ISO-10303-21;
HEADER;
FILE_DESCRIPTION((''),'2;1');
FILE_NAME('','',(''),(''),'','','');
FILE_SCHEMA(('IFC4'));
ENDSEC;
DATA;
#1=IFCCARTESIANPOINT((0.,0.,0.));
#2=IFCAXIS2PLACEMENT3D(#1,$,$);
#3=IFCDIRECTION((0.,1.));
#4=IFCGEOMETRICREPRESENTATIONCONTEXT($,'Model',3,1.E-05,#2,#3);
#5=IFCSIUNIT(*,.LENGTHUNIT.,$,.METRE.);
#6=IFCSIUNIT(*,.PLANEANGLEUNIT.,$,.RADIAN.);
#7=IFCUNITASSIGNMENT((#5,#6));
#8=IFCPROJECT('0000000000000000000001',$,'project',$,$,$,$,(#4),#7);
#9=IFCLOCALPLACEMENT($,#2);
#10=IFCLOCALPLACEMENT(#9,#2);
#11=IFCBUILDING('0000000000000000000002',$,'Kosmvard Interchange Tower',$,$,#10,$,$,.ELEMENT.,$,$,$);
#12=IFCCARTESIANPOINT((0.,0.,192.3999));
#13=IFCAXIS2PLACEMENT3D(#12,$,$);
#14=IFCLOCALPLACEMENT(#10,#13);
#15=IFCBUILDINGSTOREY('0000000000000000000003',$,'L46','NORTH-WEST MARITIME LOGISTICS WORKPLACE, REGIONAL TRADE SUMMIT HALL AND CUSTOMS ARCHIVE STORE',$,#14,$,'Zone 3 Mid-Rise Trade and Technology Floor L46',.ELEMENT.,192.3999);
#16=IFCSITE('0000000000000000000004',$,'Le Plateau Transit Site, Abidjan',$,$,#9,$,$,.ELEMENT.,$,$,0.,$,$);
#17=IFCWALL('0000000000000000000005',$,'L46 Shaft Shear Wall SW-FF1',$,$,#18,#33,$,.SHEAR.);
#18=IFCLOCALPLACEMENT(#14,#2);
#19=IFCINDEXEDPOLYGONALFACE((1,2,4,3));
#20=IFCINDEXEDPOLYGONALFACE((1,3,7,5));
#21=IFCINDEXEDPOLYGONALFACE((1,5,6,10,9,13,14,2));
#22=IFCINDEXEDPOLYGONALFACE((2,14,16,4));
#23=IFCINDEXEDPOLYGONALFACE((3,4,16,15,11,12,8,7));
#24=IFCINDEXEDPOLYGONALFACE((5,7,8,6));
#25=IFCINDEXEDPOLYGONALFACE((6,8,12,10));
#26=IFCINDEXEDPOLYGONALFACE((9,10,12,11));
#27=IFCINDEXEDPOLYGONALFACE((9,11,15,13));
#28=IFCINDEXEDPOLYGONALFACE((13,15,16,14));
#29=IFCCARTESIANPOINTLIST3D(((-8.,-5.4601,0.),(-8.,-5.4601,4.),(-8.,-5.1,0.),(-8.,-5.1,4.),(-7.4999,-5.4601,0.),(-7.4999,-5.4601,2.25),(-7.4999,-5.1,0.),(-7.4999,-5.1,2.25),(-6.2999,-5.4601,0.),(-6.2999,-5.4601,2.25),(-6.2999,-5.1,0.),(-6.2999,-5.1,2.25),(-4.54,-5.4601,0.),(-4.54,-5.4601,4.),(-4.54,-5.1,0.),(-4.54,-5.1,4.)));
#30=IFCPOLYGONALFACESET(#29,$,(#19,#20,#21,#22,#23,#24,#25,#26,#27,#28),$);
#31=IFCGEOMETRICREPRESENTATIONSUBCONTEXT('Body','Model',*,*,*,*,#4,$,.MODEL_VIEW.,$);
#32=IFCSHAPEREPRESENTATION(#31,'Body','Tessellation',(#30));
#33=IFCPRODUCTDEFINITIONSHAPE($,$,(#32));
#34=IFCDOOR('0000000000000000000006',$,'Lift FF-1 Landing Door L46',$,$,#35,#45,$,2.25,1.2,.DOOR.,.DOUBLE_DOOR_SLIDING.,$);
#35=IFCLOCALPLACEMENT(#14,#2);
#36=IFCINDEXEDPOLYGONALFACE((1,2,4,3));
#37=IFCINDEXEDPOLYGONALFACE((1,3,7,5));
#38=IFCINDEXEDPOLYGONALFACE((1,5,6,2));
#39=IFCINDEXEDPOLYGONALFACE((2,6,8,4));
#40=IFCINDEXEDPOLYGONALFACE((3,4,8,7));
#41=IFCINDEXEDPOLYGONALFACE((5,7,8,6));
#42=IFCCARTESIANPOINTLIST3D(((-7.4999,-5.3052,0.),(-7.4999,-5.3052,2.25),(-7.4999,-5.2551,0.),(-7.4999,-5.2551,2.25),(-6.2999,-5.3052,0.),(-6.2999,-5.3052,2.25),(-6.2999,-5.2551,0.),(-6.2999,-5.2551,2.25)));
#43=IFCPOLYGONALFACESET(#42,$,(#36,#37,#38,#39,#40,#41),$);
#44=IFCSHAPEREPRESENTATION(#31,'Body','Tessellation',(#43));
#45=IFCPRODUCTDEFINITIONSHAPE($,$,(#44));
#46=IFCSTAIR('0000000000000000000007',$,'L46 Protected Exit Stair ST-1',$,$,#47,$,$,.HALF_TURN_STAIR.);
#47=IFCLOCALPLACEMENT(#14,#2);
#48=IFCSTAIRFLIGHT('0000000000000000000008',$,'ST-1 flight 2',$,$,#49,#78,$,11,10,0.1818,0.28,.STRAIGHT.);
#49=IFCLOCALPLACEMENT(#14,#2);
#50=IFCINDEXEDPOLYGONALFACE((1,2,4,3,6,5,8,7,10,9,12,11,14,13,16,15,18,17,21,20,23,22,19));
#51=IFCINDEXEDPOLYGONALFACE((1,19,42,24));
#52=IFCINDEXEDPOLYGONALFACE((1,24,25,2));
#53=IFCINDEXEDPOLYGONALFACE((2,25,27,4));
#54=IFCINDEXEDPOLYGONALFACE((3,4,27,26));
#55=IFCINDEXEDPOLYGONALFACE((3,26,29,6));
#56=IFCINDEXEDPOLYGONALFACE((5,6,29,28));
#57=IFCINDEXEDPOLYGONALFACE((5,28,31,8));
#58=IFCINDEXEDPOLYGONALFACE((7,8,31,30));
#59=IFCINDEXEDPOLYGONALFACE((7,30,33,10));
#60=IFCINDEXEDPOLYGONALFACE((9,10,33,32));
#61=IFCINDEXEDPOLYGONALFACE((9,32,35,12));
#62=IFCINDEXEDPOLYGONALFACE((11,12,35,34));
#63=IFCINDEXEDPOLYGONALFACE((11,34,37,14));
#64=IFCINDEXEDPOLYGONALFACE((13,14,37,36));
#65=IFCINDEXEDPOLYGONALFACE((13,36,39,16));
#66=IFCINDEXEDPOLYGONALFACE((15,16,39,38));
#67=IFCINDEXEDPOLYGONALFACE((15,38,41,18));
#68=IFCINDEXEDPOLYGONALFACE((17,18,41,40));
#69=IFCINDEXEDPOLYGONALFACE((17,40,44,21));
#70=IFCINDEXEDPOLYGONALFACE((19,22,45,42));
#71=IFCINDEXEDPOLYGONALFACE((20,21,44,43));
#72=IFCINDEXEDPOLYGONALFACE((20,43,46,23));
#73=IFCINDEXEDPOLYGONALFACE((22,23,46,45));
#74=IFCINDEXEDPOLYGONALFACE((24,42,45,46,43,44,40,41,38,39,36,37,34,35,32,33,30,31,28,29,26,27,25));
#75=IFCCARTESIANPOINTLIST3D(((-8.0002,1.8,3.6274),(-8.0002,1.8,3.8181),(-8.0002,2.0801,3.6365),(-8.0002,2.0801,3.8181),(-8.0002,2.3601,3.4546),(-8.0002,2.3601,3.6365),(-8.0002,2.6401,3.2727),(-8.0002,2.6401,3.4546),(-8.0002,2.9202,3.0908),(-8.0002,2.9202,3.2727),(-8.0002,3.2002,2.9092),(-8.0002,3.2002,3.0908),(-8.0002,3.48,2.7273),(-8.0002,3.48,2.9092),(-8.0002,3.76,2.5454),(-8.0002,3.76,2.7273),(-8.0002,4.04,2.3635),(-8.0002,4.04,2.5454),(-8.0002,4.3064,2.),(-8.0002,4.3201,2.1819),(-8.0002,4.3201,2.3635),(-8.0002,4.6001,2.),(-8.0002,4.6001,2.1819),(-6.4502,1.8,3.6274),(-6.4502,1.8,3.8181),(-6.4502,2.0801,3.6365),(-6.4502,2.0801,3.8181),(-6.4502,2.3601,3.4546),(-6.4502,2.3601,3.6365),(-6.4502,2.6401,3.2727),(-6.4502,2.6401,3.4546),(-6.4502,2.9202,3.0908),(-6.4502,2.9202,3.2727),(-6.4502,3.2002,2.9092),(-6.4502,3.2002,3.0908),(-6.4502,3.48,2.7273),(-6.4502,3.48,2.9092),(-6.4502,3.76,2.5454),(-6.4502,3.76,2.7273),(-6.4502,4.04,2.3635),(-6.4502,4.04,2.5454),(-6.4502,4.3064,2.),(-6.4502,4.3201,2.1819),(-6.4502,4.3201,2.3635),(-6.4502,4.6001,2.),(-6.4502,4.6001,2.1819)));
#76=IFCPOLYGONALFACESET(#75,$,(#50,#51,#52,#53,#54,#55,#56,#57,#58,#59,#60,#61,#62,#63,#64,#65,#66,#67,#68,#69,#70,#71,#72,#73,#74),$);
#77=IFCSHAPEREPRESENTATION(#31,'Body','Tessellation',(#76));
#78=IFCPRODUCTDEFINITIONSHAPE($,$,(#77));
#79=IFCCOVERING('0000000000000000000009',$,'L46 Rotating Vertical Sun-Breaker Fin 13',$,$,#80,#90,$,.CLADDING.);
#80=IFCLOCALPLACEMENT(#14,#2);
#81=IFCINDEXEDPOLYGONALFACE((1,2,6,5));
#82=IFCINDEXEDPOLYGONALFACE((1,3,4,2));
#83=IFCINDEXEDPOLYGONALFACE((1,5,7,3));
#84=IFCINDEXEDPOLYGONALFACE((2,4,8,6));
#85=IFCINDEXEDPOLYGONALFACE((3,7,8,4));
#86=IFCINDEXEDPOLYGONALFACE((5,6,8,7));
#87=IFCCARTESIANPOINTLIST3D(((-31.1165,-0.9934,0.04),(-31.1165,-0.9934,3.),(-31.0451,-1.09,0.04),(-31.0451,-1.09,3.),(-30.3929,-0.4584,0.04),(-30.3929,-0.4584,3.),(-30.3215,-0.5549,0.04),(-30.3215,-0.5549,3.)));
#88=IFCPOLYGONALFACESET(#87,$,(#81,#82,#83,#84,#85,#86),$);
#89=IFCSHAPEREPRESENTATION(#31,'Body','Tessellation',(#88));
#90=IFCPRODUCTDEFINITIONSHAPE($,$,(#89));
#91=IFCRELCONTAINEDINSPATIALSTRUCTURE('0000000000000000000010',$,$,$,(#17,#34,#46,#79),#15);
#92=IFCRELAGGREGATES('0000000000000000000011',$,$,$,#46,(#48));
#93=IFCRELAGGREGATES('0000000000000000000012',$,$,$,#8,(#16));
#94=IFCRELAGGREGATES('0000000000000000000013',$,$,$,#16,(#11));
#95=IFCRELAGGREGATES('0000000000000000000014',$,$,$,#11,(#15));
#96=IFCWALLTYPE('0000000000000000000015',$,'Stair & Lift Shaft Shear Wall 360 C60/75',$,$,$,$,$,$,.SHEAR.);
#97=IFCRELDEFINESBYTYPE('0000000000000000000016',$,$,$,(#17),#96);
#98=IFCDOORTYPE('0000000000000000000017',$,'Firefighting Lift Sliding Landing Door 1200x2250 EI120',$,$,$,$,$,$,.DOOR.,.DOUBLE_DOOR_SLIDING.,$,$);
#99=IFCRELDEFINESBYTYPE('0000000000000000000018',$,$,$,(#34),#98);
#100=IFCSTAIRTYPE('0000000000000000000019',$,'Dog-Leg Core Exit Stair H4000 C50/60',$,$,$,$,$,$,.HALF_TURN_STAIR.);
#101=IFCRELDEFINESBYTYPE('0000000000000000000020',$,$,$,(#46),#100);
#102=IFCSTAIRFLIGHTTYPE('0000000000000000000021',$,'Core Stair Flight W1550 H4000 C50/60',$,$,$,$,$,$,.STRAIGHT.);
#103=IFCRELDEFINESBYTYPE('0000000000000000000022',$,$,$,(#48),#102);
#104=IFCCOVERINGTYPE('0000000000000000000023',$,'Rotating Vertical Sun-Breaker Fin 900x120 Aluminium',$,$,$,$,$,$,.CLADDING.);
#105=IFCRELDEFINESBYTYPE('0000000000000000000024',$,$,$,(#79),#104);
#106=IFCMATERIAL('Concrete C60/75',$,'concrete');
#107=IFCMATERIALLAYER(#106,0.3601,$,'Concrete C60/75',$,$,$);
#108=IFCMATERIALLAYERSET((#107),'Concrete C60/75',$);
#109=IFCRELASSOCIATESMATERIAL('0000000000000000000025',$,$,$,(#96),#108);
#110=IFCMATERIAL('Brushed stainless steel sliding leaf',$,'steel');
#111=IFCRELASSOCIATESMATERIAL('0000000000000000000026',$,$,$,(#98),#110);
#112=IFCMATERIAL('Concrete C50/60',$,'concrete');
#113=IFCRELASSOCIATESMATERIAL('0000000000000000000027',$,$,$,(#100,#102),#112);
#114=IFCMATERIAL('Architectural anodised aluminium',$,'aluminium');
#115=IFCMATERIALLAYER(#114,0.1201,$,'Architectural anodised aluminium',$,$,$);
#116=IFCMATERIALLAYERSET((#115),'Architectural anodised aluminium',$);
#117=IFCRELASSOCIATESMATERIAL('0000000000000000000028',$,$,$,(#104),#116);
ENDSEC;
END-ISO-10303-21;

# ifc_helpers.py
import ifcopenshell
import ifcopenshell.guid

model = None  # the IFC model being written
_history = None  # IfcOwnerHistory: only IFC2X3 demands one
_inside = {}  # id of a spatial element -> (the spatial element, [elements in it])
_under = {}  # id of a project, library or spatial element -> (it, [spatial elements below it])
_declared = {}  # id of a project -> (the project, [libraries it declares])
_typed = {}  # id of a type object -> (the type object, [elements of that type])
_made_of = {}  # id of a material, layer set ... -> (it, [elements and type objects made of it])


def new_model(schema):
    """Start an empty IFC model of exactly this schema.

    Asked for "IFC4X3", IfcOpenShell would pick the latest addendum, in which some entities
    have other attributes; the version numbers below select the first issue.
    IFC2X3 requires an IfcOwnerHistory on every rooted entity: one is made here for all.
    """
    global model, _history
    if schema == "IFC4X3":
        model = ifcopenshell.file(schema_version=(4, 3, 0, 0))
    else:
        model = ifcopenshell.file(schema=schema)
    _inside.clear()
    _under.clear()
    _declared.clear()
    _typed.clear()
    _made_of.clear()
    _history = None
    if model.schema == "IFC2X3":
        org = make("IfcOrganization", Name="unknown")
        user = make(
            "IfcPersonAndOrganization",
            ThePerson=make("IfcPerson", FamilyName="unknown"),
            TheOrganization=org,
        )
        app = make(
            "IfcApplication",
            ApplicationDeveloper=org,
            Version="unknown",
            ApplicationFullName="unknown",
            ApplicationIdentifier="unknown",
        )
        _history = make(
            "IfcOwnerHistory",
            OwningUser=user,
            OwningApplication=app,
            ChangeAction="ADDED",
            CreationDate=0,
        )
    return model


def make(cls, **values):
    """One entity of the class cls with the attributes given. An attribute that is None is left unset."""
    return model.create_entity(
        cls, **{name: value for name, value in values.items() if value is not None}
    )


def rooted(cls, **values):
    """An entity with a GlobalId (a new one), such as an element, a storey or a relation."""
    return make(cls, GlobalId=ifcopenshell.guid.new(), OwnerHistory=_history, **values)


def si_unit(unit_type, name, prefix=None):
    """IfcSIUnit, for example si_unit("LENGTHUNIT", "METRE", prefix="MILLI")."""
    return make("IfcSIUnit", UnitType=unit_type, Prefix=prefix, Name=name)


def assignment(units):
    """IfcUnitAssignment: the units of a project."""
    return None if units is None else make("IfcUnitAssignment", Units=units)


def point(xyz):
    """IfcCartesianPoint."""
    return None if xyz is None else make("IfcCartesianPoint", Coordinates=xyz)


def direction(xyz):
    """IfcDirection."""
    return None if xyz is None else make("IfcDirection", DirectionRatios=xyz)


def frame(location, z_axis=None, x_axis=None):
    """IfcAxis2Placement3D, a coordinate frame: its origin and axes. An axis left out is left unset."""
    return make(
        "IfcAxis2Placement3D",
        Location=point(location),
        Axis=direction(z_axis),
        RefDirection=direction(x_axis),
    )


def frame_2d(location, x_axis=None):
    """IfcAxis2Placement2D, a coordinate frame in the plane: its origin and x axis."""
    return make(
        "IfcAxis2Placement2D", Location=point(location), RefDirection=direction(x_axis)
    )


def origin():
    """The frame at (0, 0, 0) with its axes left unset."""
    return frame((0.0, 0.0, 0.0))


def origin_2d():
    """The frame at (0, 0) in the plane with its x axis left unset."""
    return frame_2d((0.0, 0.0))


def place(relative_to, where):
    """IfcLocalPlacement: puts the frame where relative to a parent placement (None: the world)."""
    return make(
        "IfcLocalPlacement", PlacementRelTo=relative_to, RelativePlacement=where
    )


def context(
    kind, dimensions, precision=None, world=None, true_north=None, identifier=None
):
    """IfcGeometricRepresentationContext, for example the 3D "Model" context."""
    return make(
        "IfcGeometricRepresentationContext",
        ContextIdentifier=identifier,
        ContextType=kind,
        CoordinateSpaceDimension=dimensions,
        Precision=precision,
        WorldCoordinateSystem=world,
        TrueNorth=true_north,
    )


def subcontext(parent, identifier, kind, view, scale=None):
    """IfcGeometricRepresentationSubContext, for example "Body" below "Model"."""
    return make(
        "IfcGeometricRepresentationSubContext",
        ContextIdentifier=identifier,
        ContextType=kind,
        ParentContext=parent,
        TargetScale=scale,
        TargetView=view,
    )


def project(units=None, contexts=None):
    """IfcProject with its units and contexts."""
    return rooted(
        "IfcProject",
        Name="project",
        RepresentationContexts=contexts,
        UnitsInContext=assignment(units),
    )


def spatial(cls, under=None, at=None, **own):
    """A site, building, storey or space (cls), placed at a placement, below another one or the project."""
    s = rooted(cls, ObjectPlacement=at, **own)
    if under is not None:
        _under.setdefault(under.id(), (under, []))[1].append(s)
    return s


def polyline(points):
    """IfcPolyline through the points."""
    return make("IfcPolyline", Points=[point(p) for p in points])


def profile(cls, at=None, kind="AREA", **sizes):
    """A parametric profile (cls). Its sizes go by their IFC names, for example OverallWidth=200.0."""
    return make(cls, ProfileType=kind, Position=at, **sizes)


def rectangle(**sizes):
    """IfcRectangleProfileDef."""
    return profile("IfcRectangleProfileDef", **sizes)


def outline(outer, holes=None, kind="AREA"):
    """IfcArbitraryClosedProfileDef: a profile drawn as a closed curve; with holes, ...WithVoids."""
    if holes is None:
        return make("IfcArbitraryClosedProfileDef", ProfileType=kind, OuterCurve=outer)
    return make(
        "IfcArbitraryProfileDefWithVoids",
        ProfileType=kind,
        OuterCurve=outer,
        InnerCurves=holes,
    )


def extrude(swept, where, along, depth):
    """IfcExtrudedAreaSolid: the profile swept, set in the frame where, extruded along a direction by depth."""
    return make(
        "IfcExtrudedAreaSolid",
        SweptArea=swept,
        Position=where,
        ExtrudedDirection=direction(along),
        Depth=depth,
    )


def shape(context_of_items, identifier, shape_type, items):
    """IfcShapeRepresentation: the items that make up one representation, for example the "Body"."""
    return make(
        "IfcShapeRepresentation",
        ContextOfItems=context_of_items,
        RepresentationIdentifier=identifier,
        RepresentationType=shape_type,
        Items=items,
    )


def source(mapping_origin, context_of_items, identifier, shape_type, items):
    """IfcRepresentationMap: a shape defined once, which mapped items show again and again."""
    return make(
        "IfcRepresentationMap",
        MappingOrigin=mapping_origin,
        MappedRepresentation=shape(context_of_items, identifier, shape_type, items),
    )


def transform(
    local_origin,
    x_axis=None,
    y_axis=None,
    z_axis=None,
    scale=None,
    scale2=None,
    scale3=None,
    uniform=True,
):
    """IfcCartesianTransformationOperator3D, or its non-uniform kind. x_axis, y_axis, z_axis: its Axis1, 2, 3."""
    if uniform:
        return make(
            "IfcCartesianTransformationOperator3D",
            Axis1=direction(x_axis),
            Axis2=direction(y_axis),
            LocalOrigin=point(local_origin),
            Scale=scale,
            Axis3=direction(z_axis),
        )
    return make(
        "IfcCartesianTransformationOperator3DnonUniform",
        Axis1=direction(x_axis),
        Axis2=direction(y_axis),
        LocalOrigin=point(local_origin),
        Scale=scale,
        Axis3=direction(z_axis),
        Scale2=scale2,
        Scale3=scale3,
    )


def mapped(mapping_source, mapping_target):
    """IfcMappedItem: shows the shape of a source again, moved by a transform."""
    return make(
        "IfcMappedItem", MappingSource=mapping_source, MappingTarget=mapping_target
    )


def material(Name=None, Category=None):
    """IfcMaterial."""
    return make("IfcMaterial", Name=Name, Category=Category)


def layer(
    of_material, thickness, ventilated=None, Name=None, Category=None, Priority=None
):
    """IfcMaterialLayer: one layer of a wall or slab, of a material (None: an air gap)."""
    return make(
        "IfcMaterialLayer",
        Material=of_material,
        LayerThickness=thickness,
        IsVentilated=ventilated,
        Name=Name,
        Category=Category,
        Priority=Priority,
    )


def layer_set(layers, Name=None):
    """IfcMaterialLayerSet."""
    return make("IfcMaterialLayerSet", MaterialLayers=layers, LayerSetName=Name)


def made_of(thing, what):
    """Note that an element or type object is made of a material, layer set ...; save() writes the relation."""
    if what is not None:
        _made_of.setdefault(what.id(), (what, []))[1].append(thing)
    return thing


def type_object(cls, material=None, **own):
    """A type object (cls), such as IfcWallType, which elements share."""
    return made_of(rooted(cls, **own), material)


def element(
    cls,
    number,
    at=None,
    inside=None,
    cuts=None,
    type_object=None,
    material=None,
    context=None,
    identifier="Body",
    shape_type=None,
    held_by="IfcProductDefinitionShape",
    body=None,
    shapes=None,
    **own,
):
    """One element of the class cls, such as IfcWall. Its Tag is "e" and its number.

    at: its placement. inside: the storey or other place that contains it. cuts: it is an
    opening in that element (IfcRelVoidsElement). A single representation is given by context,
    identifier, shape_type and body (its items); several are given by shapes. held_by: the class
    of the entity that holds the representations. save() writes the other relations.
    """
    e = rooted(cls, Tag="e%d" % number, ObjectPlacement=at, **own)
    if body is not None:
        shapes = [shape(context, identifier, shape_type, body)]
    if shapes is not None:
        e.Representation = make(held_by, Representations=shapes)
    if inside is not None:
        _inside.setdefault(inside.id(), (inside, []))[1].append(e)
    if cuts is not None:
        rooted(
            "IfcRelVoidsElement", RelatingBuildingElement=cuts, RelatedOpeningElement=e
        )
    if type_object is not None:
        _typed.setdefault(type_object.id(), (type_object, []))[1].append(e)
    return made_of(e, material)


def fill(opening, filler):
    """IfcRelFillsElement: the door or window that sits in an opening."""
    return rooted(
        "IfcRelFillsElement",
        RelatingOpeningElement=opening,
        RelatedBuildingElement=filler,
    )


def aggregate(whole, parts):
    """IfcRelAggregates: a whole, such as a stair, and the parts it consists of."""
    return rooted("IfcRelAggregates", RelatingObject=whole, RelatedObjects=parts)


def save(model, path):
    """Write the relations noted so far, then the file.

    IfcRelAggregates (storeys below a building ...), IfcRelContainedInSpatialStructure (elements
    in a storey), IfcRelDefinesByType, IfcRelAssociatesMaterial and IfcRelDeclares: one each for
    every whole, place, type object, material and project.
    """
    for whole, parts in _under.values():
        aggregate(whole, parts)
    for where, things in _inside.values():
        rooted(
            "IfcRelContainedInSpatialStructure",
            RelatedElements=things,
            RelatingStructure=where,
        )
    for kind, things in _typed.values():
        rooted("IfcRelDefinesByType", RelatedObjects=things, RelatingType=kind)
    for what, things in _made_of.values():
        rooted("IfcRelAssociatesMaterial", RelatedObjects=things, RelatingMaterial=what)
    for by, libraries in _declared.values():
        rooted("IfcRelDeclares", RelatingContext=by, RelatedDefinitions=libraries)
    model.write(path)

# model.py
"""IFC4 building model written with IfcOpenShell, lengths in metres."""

from ifc_helpers import new_model, si_unit, direction, frame, frame_2d, origin, origin_2d, place, context, subcontext, project, spatial, polyline, rectangle, outline, extrude, source, transform, mapped, material, layer, layer_set, type_object, element, fill, aggregate, save


model = new_model("IFC4")

# Units and contexts
model_context = context("Model", 3, precision=1e-05, world=origin(), true_north=direction((0.0, 1.0)))
body_context = subcontext(model_context, "Body", "Model", "MODEL_VIEW")
ifc_project = project(units=[si_unit("LENGTHUNIT", "METRE"), si_unit("PLANEANGLEUNIT", "RADIAN")], contexts=[model_context])

# Site, building, storey
site_placement = place(None, origin())
site = spatial("IfcSite", under=ifc_project, at=site_placement, Name="Le Plateau Transit Site, Abidjan", CompositionType="ELEMENT", RefElevation=0.0)
building_placement = place(site_placement, origin())
building = spatial("IfcBuilding", under=site, at=building_placement, Name="Kosmvard Interchange Tower", CompositionType="ELEMENT")
storey_placement = place(building_placement, frame((0.0, 0.0, 192.3999)))
storey = spatial("IfcBuildingStorey", under=building, at=storey_placement, Name="L46", Description="NORTH-WEST MARITIME LOGISTICS WORKPLACE, REGIONAL TRADE SUMMIT HALL AND CUSTOMS ARCHIVE STORE", LongName="Zone 3 Mid-Rise Trade and Technology Floor L46", CompositionType="ELEMENT", Elevation=192.3999)

# Shared definitions
ifc_material_1 = material(Name="Concrete C50/60", Category="concrete")

# Wall, opening, door
ifc_material_2 = material(Name="Concrete C60/75", Category="concrete")
ifc_layer_1 = layer(ifc_material_2, 0.3601, Name="Concrete C60/75")
ifc_layer_set_1 = layer_set([ifc_layer_1], Name="Concrete C60/75")
wall_type_1 = type_object("IfcWallType", Name="Stair & Lift Shaft Shear Wall 360 C60/75", PredefinedType="SHEAR", material=ifc_layer_set_1)
wall_1_placement = place(storey_placement, frame((-8.0, -5.28, 0.0), z_axis=(0.0, 0.0, 1.0), x_axis=(1.0, 0.0, 0.0)))
wall_1 = element("IfcWall", 1, at=wall_1_placement, inside=storey, type_object=wall_type_1, Name="L46 Shaft Shear Wall SW-FF1", PredefinedType="SHEAR", context=body_context, shape_type="SweptSolid", body=[
    extrude(rectangle(XDim=3.46, YDim=0.3601, at=frame_2d((1.73, 0.0))), origin(), (0.0, 0.0, 1.0), 4.0),
])
opening_1_placement = place(wall_1_placement, frame((0.5, 0.0, 0.0)))
opening_1 = element("IfcOpeningElement", 2, at=opening_1_placement, cuts=wall_1, PredefinedType="OPENING", context=body_context, shape_type="SweptSolid", body=[
    extrude(rectangle(XDim=1.2, YDim=2.25, at=frame_2d((0.6001, 1.125))), frame((0.0, 0.1899, 0.0), z_axis=(0.0, -1.0, 0.0), x_axis=(1.0, 0.0, 0.0)), (0.0, 0.0, 1.0), 0.3801),
])
ifc_material_3 = material(Name="Brushed stainless steel sliding leaf", Category="steel")
door_type_1 = type_object("IfcDoorType", Name="Firefighting Lift Sliding Landing Door 1200x2250 EI120", OperationType="DOUBLE_DOOR_SLIDING", PredefinedType="DOOR", material=ifc_material_3)
shared_shape_1 = source(origin(), body_context, "Body", "SweptSolid", [
    extrude(rectangle(XDim=1.2, YDim=2.25, at=frame_2d((0.6001, 1.125))), frame((0.0, 0.0249, 0.0), z_axis=(0.0, -1.0, 0.0), x_axis=(1.0, 0.0, 0.0)), (0.0, 0.0, 1.0), 0.05),
])
door_1_placement = place(opening_1_placement, origin())
door_1 = element("IfcDoor", 3, at=door_1_placement, inside=storey, type_object=door_type_1, Name="Lift FF-1 Landing Door L46", OperationType="DOUBLE_DOOR_SLIDING", OverallHeight=2.25, OverallWidth=1.2, PredefinedType="DOOR", context=body_context, shape_type="MappedRepresentation", body=[
    mapped(shared_shape_1, transform((0.0, 0.0, 0.0), scale=1.0)),
])
fill(opening_1, door_1)

# Stair, stair flight
stair_type = type_object("IfcStairType", Name="Dog-Leg Core Exit Stair H4000 C50/60", PredefinedType="HALF_TURN_STAIR", material=ifc_material_1)
stair_placement = place(storey_placement, origin())
stair = element("IfcStair", 4, at=stair_placement, inside=storey, type_object=stair_type, Name="L46 Protected Exit Stair ST-1", PredefinedType="HALF_TURN_STAIR")
stair_flight_type = type_object("IfcStairFlightType", Name="Core Stair Flight W1550 H4000 C50/60", PredefinedType="STRAIGHT", material=ifc_material_1)
shared_shape_2 = source(origin(), body_context, "Body", "SweptSolid", [
    extrude(outline(polyline([(0.0, 0.0), (0.0, 0.1819), (0.28, 0.1819), (0.28, 0.3635), (0.5601, 0.3635), (0.5601, 0.5454), (0.8401, 0.5454), (0.8401, 0.7273), (1.1201, 0.7273), (1.1201, 0.9092), (1.3999, 0.9092), (1.3999, 1.0908), (1.6799, 1.0908), (1.6799, 1.2727), (1.96, 1.2727), (1.96, 1.4546), (2.24, 1.4546), (2.24, 1.6365), (2.52, 1.6365), (2.52, 1.8181), (2.8, 1.8181), (2.8, 2.0), (2.8, 1.6274), (0.2937, 0.0), (0.0, 0.0)])), frame((0.0, 0.7749, 0.0), z_axis=(0.0, -1.0, 0.0), x_axis=(1.0, 0.0, 0.0)), (0.0, 0.0, 1.0), 1.55),
])
stair_flight_placement = place(storey_placement, frame((-7.2251, 4.6001, 2.0), z_axis=(0.0, 0.0, 1.0), x_axis=(0.0, -1.0, 0.0)))
stair_flight = element("IfcStairFlight", 5, at=stair_flight_placement, type_object=stair_flight_type, Name="ST-1 flight 2", NumberOfRisers=11, NumberOfTreads=10, PredefinedType="STRAIGHT", RiserHeight=0.1818, TreadLength=0.28, context=body_context, shape_type="MappedRepresentation", body=[
    mapped(shared_shape_2, transform((0.0, 0.0, 0.0), scale=1.0)),
])
aggregate(stair, [stair_flight])

# Covering
ifc_material_4 = material(Name="Architectural anodised aluminium", Category="aluminium")
ifc_layer_2 = layer(ifc_material_4, 0.1201, Name="Architectural anodised aluminium")
ifc_layer_set_2 = layer_set([ifc_layer_2], Name="Architectural anodised aluminium")
covering_type = type_object("IfcCoveringType", Name="Rotating Vertical Sun-Breaker Fin 900x120 Aluminium", PredefinedType="CLADDING", material=ifc_layer_set_2)
shared_shape_3 = source(origin(), body_context, "Body", "SweptSolid", [
    extrude(rectangle(XDim=0.8999, YDim=0.1201, at=origin_2d()), origin(), (0.0, 0.0, 1.0), 2.96),
])
covering_placement = place(storey_placement, frame((-30.719, -0.7742, 0.04), z_axis=(0.0, 0.0, 1.0), x_axis=(-0.804064, -0.594542, 0.0)))
element("IfcCovering", 6, at=covering_placement, inside=storey, type_object=covering_type, Name="L46 Rotating Vertical Sun-Breaker Fin 13", PredefinedType="CLADDING", context=body_context, shape_type="MappedRepresentation", body=[
    mapped(shared_shape_3, transform((0.0, 0.0, 0.0), scale=1.0)),
])

save(model, "model.ifc")
